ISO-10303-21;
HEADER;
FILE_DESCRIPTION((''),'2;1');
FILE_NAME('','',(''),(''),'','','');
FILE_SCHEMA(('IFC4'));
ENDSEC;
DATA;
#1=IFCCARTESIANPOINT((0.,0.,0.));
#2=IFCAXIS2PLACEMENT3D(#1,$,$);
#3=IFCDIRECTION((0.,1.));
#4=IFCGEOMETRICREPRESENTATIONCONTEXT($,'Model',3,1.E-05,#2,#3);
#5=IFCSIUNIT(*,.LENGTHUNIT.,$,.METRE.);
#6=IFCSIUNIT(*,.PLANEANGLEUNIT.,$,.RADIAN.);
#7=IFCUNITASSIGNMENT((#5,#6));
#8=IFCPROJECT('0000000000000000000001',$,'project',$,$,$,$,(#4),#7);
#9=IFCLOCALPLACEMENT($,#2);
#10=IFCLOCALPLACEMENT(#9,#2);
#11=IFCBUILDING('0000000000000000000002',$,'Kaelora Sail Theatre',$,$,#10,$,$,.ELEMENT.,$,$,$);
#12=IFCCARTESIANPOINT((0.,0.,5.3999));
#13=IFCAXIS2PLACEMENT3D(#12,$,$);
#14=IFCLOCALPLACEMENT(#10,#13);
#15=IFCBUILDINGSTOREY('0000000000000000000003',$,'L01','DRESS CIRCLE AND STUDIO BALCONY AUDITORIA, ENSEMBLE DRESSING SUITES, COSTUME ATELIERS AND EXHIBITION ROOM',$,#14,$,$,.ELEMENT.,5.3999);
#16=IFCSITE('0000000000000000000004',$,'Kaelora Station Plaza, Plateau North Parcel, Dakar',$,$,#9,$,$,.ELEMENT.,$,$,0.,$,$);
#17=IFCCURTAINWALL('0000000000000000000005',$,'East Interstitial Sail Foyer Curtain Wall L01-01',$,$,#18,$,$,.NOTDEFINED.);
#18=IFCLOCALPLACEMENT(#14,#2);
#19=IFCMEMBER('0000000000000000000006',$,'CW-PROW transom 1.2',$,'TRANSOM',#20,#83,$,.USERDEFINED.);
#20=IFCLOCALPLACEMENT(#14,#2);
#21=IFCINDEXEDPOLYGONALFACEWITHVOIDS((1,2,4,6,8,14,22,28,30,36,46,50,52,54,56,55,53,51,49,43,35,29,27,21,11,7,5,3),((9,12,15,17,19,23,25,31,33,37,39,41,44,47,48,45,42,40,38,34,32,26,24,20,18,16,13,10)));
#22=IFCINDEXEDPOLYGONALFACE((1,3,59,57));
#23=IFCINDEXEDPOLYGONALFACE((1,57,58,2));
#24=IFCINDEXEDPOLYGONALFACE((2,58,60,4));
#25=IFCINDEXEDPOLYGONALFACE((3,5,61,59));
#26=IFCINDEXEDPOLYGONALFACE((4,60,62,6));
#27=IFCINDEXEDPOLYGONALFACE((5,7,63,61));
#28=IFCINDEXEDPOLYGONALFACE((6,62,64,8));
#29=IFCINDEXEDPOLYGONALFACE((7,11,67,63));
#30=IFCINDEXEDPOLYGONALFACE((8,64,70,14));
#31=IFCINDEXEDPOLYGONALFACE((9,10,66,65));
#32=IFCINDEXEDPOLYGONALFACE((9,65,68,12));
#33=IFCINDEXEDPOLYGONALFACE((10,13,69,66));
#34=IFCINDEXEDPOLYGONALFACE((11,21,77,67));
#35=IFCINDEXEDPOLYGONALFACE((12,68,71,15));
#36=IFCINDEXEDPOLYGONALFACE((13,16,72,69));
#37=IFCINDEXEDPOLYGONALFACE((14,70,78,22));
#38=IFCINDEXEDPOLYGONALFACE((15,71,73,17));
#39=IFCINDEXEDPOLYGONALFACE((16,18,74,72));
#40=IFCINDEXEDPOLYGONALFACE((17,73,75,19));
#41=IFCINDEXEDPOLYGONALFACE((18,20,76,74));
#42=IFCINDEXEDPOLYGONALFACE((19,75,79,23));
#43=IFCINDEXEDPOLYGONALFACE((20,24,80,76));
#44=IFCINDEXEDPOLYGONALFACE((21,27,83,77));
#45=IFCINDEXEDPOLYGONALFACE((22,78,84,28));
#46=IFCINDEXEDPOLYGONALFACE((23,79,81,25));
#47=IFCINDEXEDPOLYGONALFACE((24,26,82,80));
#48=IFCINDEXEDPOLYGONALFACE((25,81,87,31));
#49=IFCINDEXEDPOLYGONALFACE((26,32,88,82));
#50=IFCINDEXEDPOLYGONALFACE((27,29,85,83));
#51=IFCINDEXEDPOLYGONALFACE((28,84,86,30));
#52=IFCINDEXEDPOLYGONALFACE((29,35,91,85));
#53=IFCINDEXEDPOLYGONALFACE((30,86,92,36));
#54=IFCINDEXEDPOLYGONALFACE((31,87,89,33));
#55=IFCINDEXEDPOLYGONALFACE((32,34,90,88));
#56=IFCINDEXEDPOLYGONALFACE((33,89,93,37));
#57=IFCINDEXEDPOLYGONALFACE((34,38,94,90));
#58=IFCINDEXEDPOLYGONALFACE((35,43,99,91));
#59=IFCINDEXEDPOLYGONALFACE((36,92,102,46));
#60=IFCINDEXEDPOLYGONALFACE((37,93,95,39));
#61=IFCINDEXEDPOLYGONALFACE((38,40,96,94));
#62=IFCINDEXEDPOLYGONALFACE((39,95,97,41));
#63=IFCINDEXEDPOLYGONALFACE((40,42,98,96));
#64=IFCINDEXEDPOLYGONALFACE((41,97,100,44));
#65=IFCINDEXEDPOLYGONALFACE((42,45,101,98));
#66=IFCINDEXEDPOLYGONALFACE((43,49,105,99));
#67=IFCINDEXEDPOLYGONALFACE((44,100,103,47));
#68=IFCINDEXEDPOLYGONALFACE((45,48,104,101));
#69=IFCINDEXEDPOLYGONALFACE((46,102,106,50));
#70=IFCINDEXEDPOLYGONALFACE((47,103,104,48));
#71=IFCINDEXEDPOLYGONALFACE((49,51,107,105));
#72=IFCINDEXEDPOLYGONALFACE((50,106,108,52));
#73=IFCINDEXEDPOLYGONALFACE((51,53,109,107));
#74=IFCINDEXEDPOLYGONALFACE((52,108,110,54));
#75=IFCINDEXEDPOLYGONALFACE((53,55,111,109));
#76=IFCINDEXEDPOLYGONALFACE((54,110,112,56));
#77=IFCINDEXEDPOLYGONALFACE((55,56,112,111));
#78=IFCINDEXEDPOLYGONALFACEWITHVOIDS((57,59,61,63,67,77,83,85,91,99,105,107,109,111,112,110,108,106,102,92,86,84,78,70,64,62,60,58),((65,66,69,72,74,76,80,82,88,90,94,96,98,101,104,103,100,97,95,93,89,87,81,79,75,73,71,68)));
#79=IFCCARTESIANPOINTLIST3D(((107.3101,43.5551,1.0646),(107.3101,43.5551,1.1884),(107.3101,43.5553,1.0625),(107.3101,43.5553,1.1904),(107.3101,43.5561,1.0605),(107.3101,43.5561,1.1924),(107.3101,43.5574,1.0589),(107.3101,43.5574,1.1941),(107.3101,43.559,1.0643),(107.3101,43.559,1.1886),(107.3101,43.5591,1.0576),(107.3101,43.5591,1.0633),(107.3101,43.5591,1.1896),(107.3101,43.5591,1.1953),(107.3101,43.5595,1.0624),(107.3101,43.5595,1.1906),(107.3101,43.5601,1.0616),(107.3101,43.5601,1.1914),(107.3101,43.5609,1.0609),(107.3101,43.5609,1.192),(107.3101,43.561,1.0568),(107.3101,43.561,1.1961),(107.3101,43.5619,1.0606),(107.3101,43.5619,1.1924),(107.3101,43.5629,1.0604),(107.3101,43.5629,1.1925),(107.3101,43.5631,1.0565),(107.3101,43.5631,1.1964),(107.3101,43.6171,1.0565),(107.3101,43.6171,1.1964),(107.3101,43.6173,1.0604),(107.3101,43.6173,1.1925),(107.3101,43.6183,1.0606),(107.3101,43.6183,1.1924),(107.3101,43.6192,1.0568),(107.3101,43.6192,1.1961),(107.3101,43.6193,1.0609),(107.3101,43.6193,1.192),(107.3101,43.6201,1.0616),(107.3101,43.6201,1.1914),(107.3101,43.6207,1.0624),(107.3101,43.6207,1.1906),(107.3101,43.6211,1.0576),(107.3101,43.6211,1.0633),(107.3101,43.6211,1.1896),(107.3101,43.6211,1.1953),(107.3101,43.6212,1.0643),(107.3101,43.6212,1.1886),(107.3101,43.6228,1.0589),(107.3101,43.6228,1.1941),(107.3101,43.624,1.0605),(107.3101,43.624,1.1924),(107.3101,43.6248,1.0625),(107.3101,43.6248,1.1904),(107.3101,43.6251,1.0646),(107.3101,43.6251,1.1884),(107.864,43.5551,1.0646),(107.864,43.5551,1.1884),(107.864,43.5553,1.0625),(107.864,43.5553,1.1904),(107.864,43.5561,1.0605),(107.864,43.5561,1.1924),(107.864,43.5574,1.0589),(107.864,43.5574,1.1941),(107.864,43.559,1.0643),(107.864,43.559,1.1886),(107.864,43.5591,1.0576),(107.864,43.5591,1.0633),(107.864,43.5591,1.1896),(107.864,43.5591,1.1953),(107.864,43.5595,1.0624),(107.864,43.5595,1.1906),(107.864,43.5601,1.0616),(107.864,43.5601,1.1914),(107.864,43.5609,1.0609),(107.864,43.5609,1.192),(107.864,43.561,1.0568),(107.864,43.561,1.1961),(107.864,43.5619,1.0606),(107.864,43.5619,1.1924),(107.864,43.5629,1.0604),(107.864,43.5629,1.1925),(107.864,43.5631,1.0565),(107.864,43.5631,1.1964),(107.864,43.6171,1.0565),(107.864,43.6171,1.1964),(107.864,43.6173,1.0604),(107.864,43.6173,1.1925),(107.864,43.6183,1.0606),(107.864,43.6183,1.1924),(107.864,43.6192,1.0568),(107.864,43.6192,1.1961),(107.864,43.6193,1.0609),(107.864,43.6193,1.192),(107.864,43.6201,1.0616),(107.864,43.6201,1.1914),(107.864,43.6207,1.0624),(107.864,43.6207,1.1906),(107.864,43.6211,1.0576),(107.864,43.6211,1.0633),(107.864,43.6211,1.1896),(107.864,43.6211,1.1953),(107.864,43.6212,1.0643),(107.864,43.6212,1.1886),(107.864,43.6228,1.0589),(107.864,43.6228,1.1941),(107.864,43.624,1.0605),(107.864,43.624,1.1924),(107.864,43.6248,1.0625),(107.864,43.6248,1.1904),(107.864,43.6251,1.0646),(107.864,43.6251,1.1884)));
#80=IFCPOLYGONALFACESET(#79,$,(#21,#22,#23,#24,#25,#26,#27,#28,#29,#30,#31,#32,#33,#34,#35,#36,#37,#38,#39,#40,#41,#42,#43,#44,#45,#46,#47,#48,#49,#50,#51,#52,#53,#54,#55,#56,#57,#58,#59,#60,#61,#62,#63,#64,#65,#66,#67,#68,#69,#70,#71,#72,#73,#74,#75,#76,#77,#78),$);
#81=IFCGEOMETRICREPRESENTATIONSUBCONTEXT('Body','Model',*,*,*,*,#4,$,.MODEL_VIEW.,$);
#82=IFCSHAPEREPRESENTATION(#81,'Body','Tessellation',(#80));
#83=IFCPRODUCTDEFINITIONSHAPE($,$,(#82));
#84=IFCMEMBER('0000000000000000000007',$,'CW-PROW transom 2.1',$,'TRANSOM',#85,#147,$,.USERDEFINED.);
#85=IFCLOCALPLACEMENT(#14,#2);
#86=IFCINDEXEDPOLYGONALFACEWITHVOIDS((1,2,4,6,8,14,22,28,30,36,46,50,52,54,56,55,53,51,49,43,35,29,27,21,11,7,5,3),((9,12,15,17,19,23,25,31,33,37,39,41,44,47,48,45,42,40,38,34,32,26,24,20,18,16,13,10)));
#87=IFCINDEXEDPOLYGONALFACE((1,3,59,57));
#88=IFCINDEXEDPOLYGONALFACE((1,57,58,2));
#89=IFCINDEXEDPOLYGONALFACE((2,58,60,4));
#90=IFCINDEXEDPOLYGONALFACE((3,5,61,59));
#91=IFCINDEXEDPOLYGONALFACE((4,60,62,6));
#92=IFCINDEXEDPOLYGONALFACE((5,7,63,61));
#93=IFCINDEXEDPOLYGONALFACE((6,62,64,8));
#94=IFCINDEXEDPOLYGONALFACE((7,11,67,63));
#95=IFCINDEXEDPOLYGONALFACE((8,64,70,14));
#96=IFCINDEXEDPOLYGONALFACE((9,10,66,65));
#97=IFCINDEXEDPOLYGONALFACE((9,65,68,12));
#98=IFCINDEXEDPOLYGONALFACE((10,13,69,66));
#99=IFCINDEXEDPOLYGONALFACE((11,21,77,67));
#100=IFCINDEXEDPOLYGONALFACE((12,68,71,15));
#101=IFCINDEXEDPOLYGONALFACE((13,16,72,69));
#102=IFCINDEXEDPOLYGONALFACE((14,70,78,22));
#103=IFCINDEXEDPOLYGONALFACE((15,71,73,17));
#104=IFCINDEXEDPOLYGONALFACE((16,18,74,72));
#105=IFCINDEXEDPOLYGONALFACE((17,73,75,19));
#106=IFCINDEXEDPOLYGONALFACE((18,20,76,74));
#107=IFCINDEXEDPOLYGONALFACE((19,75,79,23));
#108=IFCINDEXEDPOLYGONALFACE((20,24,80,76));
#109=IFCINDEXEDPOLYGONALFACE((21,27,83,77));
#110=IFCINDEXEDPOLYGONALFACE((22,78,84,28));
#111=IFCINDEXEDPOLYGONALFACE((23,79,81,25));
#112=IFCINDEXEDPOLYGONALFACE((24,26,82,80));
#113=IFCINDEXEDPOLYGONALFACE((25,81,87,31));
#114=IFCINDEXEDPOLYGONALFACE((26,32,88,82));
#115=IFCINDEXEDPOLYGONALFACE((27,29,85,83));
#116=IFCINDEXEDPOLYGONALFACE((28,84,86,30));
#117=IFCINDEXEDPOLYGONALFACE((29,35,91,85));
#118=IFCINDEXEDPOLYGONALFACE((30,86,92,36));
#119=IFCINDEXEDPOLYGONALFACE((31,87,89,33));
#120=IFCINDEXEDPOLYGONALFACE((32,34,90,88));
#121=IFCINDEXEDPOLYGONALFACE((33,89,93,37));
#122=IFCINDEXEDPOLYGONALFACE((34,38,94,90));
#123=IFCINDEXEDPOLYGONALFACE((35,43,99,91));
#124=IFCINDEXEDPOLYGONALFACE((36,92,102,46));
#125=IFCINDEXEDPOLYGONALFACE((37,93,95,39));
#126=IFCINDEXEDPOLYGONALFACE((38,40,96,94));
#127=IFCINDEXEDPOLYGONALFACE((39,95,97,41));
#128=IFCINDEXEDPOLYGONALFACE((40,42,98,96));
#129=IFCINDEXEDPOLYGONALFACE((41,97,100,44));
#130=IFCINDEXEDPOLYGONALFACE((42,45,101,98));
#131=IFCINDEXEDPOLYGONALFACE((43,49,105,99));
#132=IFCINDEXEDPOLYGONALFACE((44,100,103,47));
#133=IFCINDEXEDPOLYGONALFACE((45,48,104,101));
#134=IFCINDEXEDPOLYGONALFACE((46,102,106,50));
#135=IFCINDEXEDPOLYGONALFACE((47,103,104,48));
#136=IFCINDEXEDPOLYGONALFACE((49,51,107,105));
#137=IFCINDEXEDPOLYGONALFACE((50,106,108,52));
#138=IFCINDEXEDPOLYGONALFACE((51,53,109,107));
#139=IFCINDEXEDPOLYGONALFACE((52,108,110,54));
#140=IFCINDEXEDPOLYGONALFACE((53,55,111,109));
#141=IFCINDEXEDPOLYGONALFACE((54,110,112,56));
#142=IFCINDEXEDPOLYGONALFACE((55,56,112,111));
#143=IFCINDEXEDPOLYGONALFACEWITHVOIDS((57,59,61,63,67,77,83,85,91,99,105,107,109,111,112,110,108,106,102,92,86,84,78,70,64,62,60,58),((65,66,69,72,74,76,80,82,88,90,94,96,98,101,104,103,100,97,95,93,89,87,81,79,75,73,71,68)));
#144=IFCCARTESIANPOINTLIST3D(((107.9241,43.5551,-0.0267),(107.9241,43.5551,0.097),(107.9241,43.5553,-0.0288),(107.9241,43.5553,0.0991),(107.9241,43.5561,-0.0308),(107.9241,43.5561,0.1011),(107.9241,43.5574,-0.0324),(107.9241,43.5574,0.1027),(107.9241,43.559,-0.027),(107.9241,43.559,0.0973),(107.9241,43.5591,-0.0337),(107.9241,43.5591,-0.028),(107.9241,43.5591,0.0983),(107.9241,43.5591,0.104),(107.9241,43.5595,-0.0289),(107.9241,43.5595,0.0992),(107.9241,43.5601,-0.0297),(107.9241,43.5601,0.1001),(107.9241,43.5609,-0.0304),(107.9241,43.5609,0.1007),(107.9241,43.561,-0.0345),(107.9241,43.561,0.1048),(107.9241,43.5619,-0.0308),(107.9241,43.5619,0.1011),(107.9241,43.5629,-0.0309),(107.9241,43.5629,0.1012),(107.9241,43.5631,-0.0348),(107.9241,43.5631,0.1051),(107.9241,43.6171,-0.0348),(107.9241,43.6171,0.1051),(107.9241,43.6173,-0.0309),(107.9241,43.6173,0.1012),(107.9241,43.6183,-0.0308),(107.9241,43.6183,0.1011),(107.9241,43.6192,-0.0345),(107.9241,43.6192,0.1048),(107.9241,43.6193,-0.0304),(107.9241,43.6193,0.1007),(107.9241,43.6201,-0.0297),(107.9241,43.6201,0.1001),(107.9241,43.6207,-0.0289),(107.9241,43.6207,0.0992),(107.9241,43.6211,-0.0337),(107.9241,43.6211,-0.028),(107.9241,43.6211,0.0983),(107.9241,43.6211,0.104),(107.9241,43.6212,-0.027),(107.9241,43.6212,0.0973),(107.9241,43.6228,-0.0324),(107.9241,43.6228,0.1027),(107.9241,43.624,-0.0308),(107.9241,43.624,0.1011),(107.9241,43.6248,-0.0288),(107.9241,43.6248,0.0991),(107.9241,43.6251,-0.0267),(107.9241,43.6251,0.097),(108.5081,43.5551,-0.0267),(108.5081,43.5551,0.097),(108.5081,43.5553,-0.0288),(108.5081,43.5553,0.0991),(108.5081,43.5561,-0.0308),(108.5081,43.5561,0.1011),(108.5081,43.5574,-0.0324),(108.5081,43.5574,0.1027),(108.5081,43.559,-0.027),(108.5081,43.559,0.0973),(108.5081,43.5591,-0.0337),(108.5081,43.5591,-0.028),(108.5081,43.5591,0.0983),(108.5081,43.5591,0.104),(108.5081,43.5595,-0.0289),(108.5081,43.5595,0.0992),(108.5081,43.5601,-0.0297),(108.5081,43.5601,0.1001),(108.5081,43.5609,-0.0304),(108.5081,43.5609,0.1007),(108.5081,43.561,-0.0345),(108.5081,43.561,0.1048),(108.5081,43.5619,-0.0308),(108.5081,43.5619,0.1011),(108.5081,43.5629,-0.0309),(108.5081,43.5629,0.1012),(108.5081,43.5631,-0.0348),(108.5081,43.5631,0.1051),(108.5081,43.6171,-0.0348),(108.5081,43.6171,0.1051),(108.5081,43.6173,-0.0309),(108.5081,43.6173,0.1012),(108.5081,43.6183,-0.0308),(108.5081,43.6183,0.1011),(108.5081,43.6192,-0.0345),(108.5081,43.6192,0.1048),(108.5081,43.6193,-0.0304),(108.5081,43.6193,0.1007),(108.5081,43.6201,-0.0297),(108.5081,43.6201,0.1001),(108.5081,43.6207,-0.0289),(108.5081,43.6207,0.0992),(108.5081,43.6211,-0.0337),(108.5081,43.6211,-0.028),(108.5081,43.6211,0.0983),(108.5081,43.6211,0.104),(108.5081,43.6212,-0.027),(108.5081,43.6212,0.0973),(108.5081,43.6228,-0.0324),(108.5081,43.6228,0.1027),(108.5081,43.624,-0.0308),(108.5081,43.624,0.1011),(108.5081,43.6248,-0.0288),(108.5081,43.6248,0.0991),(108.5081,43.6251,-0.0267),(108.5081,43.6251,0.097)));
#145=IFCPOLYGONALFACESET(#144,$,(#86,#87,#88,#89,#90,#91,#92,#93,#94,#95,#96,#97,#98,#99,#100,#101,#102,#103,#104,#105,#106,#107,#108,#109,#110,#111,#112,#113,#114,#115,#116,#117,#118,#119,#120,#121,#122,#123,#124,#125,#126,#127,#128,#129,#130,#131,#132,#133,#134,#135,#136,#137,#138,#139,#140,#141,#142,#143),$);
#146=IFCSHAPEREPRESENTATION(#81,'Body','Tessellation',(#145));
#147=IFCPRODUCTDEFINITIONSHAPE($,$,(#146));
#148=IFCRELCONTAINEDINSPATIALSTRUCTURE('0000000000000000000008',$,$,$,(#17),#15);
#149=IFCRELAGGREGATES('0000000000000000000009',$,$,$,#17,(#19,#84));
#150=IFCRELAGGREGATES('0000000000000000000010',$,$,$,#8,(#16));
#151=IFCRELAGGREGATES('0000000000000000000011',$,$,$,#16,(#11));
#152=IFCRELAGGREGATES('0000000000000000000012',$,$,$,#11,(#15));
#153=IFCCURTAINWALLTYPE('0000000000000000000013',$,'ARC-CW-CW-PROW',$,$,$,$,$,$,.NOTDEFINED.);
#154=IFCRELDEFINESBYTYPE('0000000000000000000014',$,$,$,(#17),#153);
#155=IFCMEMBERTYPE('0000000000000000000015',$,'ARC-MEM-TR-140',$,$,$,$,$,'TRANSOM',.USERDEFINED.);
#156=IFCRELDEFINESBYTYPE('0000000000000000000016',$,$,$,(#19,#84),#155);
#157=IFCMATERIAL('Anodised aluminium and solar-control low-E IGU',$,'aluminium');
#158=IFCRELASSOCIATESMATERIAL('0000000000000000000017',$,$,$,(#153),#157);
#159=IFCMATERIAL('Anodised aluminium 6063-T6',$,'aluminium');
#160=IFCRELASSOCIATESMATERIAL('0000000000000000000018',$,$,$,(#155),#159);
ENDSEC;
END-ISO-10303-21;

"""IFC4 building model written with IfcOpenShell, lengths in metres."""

from ifc_helpers import new_model, si_unit, direction, frame, origin, origin_2d, place, context, subcontext, project, spatial, hollow_rectangle, extrude, material, material_profile, profile_set, type_object, element, aggregate, save


model = new_model("IFC4")

# Units and contexts
model_context = context("Model", 3, precision=1e-05, world=origin(), true_north=direction((0.0, 1.0)))
body_context = subcontext(model_context, "Body", "Model", "MODEL_VIEW")
ifc_project = project(units=[si_unit("LENGTHUNIT", "METRE"), si_unit("PLANEANGLEUNIT", "RADIAN")], contexts=[model_context])

# Site, building, storey
site_placement = place(None, origin())
site = spatial("IfcSite", under=ifc_project, at=site_placement, Name="Kaelora Station Plaza, Plateau North Parcel, Dakar", CompositionType="ELEMENT", RefElevation=0.0)
building_placement = place(site_placement, origin())
building = spatial("IfcBuilding", under=site, at=building_placement, Name="Kaelora Sail Theatre", CompositionType="ELEMENT")
storey_placement = place(building_placement, frame((0.0, 0.0, 5.3999)))
storey = spatial("IfcBuildingStorey", under=building, at=storey_placement, Name="L01", Description="DRESS CIRCLE AND STUDIO BALCONY AUDITORIA, ENSEMBLE DRESSING SUITES, COSTUME ATELIERS AND EXHIBITION ROOM", CompositionType="ELEMENT", Elevation=5.3999)

# Curtain wall, members
ifc_material_1 = material(Name="Anodised aluminium and solar-control low-E IGU", Category="aluminium")
curtain_wall_type = type_object("IfcCurtainWallType", Name="ARC-CW-CW-PROW", PredefinedType="NOTDEFINED", material=ifc_material_1)
curtain_wall_placement = place(storey_placement, origin())
curtain_wall = element("IfcCurtainWall", 1, at=curtain_wall_placement, inside=storey, type_object=curtain_wall_type, Name="East Interstitial Sail Foyer Curtain Wall L01-01", PredefinedType="NOTDEFINED")
ifc_material_2 = material(Name="Anodised aluminium 6063-T6", Category="aluminium")
ifc_material_profile_1 = material_profile(ifc_material_2, hollow_rectangle(XDim=0.0701, YDim=0.1399, WallThickness=0.0039, InnerFilletRadius=0.0039, OuterFilletRadius=0.0081, at=origin_2d()), Name="ALU-TRAN 70x140x4")
ifc_profile_set_1 = profile_set([ifc_material_profile_1], Name="Anodised aluminium 6063-T6")
member_type_1 = type_object("IfcMemberType", Name="ARC-MEM-TR-140", ElementType="TRANSOM", PredefinedType="USERDEFINED", material=ifc_profile_set_1)
member_1_placement = place(storey_placement, frame((107.3101, 43.5901, 1.1265), z_axis=(1.0, 0.0, 0.0), x_axis=(0.0, 1.0, 0.0)))
member_1 = element("IfcMember", 2, at=member_1_placement, type_object=member_type_1, Name="CW-PROW transom 1.2", ObjectType="TRANSOM", PredefinedType="USERDEFINED", context=body_context, shape_type="SweptSolid", body=[
    extrude(hollow_rectangle(XDim=0.0701, YDim=0.1399, WallThickness=0.0039, InnerFilletRadius=0.0039, OuterFilletRadius=0.0081, at=origin_2d()), origin(), (0.0, 0.0, 1.0), 0.554),
])
member_2_placement = place(storey_placement, frame((107.9241, 43.5901, 0.0352), z_axis=(1.0, 0.0, 0.0), x_axis=(0.0, 1.0, 0.0)))
member_2 = element("IfcMember", 3, at=member_2_placement, type_object=member_type_1, Name="CW-PROW transom 2.1", ObjectType="TRANSOM", PredefinedType="USERDEFINED", context=body_context, shape_type="SweptSolid", body=[
    extrude(hollow_rectangle(XDim=0.0701, YDim=0.1399, WallThickness=0.0039, InnerFilletRadius=0.0039, OuterFilletRadius=0.0081, at=origin_2d()), origin(), (0.0, 0.0, 1.0), 0.584),
])

aggregate(curtain_wall, [member_1, member_2])

save(model, "model.ifc")
